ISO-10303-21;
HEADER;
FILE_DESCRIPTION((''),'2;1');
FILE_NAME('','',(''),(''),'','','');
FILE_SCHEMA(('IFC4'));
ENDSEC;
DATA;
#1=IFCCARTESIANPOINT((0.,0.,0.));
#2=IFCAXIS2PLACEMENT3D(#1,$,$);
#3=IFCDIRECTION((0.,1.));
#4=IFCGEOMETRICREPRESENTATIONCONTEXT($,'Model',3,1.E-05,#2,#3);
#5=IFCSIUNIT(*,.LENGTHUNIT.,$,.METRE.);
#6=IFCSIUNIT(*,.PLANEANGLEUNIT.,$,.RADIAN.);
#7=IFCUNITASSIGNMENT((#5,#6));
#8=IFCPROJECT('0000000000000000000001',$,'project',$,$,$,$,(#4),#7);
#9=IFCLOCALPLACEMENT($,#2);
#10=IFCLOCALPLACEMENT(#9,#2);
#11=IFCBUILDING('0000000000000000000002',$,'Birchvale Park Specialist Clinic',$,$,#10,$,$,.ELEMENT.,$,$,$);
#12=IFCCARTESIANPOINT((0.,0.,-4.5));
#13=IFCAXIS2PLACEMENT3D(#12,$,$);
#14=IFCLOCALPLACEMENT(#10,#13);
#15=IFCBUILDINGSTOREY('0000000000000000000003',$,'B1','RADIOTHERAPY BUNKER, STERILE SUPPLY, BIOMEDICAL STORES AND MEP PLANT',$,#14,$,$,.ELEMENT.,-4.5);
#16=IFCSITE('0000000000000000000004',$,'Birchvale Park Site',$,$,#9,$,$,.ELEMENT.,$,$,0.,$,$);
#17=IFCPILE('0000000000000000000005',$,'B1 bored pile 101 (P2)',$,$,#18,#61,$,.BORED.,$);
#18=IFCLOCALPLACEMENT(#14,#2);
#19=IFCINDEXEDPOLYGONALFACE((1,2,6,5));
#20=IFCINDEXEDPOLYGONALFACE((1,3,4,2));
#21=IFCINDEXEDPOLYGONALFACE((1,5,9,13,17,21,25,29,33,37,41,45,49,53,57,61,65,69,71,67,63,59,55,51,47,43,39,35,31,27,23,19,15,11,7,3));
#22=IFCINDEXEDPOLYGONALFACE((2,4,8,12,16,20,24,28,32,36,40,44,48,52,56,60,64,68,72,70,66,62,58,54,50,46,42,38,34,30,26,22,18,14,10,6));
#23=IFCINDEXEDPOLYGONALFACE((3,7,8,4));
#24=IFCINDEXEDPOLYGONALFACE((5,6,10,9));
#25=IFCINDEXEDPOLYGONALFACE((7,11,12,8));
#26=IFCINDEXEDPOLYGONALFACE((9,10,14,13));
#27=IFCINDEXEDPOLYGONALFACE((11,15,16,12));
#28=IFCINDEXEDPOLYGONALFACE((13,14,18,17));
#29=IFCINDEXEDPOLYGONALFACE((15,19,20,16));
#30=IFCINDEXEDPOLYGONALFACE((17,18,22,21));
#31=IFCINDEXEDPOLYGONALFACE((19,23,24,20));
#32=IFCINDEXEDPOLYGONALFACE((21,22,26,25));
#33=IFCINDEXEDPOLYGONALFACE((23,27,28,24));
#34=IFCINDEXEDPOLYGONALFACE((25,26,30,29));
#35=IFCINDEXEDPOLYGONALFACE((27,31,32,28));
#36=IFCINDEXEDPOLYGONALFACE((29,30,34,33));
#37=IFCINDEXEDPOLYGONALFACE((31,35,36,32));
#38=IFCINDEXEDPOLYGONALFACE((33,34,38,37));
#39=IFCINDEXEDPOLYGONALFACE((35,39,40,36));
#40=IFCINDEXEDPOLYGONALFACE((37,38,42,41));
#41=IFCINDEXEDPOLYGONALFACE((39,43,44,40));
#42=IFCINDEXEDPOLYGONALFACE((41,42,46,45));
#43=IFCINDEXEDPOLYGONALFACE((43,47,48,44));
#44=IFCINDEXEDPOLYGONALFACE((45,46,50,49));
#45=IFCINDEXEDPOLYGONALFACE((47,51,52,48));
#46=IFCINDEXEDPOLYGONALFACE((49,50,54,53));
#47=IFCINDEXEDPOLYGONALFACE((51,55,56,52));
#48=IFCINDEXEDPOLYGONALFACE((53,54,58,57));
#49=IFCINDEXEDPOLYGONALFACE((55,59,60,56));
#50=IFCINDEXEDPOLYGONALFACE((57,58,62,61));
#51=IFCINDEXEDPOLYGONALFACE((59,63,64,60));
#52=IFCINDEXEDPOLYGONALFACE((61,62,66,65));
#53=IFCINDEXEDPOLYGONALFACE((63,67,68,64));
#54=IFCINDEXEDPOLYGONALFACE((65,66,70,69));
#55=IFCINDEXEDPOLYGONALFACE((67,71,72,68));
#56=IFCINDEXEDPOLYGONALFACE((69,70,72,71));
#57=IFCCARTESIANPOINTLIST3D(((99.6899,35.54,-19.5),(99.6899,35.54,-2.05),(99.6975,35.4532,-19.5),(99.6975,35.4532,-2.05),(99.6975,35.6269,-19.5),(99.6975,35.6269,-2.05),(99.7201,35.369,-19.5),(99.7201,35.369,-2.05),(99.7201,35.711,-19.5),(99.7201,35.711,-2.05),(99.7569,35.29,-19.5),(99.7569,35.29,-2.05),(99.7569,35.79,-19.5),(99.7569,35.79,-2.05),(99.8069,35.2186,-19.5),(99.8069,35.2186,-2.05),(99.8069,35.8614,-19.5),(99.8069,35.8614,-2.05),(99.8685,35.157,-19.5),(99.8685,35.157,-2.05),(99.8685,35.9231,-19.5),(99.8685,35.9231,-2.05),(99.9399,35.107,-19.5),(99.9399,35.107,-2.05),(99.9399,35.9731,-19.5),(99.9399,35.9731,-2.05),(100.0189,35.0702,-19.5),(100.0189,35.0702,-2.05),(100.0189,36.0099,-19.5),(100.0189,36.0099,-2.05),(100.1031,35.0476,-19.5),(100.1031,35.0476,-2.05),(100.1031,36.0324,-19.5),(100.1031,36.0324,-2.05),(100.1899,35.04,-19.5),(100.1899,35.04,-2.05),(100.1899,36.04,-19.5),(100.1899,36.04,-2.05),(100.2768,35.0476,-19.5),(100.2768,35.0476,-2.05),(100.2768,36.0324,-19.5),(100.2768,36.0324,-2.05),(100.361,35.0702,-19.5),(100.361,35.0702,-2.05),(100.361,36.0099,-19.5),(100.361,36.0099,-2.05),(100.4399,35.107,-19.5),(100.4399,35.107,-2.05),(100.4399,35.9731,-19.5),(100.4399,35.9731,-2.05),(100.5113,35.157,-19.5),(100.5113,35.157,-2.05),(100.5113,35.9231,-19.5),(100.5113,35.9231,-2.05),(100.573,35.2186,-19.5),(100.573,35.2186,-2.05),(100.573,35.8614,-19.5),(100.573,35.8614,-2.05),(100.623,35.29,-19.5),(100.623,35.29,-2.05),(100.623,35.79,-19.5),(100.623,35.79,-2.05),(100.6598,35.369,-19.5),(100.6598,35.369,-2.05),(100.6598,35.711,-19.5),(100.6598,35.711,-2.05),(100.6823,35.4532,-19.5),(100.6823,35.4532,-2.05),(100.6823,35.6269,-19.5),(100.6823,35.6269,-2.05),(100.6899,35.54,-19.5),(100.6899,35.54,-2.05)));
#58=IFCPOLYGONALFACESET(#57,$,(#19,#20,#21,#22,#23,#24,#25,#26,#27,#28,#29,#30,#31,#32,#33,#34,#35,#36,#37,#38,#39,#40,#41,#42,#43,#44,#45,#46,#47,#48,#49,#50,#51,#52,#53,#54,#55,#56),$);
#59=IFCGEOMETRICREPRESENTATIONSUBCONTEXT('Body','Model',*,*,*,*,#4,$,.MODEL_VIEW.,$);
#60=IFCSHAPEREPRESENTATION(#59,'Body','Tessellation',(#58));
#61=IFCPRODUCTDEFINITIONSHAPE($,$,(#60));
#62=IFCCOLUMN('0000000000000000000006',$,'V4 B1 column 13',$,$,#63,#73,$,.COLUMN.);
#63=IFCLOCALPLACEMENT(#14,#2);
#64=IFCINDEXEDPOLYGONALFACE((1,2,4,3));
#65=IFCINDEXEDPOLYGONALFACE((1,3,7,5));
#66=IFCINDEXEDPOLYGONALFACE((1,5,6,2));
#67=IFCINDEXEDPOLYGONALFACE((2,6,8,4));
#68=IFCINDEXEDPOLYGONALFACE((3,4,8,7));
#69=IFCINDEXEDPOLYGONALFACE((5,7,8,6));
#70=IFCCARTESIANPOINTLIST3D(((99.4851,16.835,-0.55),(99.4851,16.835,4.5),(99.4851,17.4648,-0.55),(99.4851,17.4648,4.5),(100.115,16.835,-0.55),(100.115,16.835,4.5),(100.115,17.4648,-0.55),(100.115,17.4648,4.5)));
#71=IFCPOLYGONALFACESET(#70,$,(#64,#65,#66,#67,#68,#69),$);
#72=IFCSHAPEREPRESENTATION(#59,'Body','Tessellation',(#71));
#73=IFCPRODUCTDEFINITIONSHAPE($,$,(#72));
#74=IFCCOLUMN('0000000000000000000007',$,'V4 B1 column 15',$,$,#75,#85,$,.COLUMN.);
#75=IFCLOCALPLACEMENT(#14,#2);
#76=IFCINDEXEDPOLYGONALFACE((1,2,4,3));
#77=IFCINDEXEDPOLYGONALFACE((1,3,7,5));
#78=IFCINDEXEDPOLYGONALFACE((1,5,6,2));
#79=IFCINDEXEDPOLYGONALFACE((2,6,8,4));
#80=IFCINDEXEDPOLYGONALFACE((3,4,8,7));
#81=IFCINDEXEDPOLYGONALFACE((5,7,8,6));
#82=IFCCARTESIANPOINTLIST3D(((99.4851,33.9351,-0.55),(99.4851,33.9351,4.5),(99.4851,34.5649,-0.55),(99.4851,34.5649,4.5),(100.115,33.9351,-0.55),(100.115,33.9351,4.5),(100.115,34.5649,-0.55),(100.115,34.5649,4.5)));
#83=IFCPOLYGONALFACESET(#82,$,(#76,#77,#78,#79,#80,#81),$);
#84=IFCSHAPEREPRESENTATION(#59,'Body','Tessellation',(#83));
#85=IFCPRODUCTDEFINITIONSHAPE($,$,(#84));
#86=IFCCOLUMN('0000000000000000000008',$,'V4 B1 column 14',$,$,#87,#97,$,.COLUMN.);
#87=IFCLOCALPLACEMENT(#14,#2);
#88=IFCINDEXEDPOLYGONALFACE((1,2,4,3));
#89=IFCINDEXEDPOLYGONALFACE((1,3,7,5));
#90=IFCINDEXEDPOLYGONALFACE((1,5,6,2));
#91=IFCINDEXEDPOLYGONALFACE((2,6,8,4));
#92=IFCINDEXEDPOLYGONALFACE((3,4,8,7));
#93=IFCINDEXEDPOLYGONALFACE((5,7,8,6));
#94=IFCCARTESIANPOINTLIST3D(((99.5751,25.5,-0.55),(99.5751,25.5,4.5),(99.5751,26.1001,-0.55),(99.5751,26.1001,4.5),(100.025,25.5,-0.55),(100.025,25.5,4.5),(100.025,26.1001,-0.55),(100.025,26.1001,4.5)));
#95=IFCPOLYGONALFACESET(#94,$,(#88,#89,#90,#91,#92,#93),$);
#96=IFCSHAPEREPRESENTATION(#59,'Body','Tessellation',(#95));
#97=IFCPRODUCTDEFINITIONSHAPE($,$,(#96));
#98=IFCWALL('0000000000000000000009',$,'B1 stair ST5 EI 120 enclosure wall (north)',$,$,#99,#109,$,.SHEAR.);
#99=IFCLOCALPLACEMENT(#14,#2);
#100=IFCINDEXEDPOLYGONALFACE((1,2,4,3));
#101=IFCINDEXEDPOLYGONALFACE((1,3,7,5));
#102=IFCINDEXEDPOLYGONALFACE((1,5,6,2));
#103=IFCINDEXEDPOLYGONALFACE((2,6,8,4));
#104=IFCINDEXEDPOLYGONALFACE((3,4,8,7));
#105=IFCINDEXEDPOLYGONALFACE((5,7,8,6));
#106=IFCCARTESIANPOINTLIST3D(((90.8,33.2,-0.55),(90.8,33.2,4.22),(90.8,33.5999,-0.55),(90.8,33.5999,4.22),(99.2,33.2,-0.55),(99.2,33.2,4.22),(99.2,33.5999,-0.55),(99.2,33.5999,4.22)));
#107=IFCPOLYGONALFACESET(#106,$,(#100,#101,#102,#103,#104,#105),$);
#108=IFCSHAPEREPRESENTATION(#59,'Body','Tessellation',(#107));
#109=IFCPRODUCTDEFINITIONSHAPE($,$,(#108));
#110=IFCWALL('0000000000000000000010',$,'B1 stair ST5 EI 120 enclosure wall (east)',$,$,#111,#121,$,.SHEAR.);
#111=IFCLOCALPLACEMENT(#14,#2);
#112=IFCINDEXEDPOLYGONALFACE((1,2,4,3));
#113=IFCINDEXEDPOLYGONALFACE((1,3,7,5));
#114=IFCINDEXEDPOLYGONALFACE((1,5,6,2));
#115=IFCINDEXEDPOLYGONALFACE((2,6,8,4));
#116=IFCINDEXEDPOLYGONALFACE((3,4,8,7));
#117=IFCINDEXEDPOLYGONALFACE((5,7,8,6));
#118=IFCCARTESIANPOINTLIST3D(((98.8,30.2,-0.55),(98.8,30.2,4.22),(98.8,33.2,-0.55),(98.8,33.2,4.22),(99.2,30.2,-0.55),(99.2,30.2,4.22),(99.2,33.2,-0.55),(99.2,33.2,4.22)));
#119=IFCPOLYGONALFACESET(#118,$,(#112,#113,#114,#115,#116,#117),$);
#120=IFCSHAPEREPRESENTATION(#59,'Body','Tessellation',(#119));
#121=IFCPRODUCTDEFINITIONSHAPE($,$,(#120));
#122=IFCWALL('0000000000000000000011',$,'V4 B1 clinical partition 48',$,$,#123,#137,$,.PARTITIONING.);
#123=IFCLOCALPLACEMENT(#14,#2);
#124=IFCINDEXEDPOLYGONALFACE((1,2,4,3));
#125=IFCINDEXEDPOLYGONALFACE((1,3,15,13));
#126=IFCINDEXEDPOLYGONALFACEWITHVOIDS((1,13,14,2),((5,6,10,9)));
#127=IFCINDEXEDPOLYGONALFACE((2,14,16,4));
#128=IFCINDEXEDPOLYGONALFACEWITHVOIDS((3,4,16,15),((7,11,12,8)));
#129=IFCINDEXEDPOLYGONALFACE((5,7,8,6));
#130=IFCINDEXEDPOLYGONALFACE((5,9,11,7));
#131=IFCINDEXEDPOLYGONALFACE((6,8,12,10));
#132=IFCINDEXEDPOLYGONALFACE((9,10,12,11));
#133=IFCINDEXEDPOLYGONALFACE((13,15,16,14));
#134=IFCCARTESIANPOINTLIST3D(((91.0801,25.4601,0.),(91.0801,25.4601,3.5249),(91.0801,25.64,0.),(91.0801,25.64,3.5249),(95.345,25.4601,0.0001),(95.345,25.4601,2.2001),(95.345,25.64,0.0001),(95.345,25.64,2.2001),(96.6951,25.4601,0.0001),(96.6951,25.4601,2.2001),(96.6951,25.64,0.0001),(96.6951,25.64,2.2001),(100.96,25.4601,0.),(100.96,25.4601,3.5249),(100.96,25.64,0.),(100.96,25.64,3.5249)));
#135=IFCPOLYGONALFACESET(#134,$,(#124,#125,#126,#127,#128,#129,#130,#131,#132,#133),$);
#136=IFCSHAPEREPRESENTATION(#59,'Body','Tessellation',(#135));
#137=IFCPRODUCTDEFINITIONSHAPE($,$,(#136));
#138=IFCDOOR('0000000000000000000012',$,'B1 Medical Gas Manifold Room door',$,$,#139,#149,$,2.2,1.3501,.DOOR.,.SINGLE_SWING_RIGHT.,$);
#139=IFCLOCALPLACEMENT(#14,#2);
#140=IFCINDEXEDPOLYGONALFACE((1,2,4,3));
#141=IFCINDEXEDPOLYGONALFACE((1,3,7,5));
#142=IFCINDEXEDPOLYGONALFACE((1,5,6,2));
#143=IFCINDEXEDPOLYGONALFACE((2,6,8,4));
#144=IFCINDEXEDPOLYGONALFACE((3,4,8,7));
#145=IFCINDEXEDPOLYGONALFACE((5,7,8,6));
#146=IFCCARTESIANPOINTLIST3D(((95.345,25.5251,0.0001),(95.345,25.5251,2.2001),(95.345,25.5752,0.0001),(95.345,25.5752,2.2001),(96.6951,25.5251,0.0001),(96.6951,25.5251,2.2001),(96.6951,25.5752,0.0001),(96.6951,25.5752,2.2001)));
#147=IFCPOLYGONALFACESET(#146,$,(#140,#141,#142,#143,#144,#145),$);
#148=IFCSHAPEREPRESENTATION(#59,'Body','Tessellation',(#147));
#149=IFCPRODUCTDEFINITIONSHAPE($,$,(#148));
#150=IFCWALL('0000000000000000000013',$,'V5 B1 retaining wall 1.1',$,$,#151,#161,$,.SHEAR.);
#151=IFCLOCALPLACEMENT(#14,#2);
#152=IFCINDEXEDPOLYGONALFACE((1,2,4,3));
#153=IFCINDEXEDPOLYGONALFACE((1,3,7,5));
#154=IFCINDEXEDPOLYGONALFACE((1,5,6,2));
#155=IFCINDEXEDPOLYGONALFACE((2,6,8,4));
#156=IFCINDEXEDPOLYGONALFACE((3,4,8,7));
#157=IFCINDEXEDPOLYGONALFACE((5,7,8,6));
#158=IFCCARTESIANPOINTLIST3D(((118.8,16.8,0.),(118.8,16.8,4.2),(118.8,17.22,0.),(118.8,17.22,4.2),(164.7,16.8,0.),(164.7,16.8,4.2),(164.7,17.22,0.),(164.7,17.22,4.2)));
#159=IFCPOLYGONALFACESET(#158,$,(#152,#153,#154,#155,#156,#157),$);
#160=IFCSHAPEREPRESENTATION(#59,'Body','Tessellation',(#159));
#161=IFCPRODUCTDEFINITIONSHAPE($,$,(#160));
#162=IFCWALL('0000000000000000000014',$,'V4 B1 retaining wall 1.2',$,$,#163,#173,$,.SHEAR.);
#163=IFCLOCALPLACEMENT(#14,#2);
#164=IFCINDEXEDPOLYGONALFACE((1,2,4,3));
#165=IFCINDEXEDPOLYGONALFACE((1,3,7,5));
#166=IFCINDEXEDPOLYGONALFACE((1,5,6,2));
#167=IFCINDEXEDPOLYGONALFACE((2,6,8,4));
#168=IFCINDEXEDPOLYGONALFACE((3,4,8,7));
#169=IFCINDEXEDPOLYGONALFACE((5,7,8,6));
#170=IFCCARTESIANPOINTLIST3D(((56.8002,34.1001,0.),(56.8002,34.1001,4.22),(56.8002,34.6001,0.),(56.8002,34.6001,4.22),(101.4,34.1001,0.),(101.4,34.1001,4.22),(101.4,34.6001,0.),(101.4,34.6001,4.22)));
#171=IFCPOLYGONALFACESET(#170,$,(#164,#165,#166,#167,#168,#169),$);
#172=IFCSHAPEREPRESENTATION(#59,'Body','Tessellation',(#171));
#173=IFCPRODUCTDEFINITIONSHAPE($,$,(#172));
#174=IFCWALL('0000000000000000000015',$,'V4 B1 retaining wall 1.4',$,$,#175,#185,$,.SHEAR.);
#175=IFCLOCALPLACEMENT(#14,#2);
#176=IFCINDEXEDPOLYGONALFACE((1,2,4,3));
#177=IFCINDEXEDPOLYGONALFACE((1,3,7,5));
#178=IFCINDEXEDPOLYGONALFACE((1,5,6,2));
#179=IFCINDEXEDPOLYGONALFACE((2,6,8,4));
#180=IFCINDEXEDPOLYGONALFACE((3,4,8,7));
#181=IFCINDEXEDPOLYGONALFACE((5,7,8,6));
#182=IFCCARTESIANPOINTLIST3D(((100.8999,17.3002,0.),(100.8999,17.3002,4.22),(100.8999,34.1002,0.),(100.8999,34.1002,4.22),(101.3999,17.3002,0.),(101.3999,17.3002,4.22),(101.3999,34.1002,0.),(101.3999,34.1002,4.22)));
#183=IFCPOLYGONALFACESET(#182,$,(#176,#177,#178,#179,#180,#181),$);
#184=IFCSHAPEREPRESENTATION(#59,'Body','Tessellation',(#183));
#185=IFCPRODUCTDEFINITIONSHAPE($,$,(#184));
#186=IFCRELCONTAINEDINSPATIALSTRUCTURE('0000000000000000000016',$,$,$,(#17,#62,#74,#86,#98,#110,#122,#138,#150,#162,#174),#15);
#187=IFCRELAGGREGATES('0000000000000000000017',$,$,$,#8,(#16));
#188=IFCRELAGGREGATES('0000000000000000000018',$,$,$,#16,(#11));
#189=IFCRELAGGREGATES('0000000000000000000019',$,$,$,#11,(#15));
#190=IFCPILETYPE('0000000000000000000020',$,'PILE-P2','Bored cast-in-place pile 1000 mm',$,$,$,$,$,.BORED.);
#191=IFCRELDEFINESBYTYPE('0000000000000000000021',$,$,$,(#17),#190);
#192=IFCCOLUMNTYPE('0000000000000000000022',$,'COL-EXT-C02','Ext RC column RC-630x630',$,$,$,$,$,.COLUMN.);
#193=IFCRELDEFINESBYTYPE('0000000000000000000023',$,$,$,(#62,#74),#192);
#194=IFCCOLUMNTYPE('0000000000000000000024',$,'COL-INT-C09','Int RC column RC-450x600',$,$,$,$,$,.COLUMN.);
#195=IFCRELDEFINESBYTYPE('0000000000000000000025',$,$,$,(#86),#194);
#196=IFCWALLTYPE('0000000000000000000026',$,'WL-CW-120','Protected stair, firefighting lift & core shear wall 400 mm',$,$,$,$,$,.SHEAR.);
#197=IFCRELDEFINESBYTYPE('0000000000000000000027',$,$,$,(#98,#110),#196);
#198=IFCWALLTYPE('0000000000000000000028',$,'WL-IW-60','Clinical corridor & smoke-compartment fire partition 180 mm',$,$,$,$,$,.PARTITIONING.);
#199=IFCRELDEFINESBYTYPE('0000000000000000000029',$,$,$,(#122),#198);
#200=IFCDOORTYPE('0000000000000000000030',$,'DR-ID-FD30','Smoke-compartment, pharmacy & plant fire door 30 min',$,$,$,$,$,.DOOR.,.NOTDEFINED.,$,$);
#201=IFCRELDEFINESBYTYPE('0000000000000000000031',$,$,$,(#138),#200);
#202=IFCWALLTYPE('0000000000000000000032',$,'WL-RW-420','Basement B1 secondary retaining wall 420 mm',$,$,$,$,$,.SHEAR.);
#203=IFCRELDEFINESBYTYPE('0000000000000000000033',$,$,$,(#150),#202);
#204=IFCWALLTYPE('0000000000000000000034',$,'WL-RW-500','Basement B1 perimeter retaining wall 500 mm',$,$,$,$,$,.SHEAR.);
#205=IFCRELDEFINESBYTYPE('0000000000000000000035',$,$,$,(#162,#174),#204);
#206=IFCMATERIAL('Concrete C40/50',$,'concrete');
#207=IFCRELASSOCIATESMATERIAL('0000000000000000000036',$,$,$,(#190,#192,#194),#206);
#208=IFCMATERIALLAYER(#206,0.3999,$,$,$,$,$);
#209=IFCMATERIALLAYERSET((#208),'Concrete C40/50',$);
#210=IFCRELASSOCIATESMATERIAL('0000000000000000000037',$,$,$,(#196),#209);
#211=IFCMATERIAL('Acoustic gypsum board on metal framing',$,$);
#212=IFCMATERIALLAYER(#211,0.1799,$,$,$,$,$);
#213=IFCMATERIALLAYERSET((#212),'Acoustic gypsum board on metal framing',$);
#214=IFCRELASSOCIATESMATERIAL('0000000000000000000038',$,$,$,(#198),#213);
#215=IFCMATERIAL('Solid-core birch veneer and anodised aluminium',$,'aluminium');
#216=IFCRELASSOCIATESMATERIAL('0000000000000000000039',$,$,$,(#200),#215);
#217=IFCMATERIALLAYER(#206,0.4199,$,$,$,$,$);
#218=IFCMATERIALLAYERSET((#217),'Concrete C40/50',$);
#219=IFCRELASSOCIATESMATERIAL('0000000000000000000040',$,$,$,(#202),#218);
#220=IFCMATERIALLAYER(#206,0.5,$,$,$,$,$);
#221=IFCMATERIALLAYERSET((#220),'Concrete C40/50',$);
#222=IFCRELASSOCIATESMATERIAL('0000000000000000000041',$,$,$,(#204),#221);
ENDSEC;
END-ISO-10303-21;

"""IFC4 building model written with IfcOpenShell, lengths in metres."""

from ifc_helpers import new_model, si_unit, direction, frame, frame_2d, origin, origin_2d, place, context, subcontext, project, spatial, rectangle, circle, extrude, material, layer, layer_set, material_profile, profile_set, type_object, element, fill, save


model = new_model("IFC4")

# Units and contexts
model_context = context("Model", 3, precision=1e-05, world=origin(), true_north=direction((0.0, 1.0)))
body_context = subcontext(model_context, "Body", "Model", "MODEL_VIEW")
ifc_project = project(units=[si_unit("LENGTHUNIT", "METRE"), si_unit("PLANEANGLEUNIT", "RADIAN")], contexts=[model_context])

# Site, building, storey
site_placement = place(None, origin())
site = spatial("IfcSite", under=ifc_project, at=site_placement, Name="Birchvale Park Site", CompositionType="ELEMENT", RefElevation=0.0)
building_placement = place(site_placement, origin())
building = spatial("IfcBuilding", under=site, at=building_placement, Name="Birchvale Park Specialist Clinic", CompositionType="ELEMENT")
storey_placement = place(building_placement, frame((0.0, 0.0, -4.5)))
storey = spatial("IfcBuildingStorey", under=building, at=storey_placement, Name="B1", Description="RADIOTHERAPY BUNKER, STERILE SUPPLY, BIOMEDICAL STORES AND MEP PLANT", CompositionType="ELEMENT", Elevation=-4.5)

# Shared definitions
ifc_material_1 = material(Name="Concrete C40/50", Category="concrete")

# Pile
ifc_material_profile_1 = material_profile(ifc_material_1, circle(Radius=0.5, at=origin_2d()), Name="PILE-1000")
ifc_profile_set_1 = profile_set([ifc_material_profile_1], Name="Concrete C40/50")
pile_type_1 = type_object("IfcPileType", Name="PILE-P2", Description="Bored cast-in-place pile 1000 mm", PredefinedType="BORED", material=ifc_profile_set_1)
for number, where, z_axis, x_axis, name in (
    (1, (100.1899, 35.54, -2.05), (0.0, 0.0, -1.0), (1.0, 0.0, 0.0), "B1 bored pile 101 (P2)"),
):
    element("IfcPile", number, at=place(storey_placement, frame(where, z_axis=z_axis, x_axis=x_axis)), inside=storey, type_object=pile_type_1, Name=name, PredefinedType="BORED", context=body_context, shape_type="SweptSolid", body=[
        extrude(circle(Radius=0.5, at=origin_2d()), origin(), (0.0, 0.0, 1.0), 17.45),
    ])

# Columns
ifc_material_profile_2 = material_profile(ifc_material_1, rectangle(XDim=0.6299, YDim=0.6299, at=origin_2d()), Name="RC-630x630")
ifc_profile_set_2 = profile_set([ifc_material_profile_2], Name="Concrete C40/50")
column_type_1 = type_object("IfcColumnType", Name="COL-EXT-C02", Description="Ext RC column RC-630x630", PredefinedType="COLUMN", material=ifc_profile_set_2)
for number, where, z_axis, x_axis, name in (
    (2, (99.8, 17.1499, -0.55), (0.0, 0.0, 1.0), (1.0, 0.0, 0.0), "V4 B1 column 13"),
    (3, (99.8, 34.25, -0.55), (0.0, 0.0, 1.0), (1.0, 0.0, 0.0), "V4 B1 column 15"),
):
    element("IfcColumn", number, at=place(storey_placement, frame(where, z_axis=z_axis, x_axis=x_axis)), inside=storey, type_object=column_type_1, Name=name, PredefinedType="COLUMN", context=body_context, shape_type="SweptSolid", body=[
        extrude(rectangle(XDim=0.6299, YDim=0.6299, at=origin_2d()), origin(), (0.0, 0.0, 1.0), 5.05),
    ])
ifc_material_profile_3 = material_profile(ifc_material_1, rectangle(XDim=0.45, YDim=0.6001, at=origin_2d()), Name="RC-450x600")
ifc_profile_set_3 = profile_set([ifc_material_profile_3], Name="Concrete C40/50")
column_type_2 = type_object("IfcColumnType", Name="COL-INT-C09", Description="Int RC column RC-450x600", PredefinedType="COLUMN", material=ifc_profile_set_3)
column_placement = place(storey_placement, frame((99.8, 25.8, -0.55), z_axis=(0.0, 0.0, 1.0), x_axis=(1.0, 0.0, 0.0)))
element("IfcColumn", 4, at=column_placement, inside=storey, type_object=column_type_2, Name="V4 B1 column 14", PredefinedType="COLUMN", context=body_context, shape_type="SweptSolid", body=[
    extrude(rectangle(XDim=0.45, YDim=0.6001, at=origin_2d()), origin(), (0.0, 0.0, 1.0), 5.05),
])

# Walls
ifc_layer_1 = layer(ifc_material_1, 0.3999)
ifc_layer_set_1 = layer_set([ifc_layer_1], Name="Concrete C40/50")
wall_type_1 = type_object("IfcWallType", Name="WL-CW-120", Description="Protected stair, firefighting lift & core shear wall 400 mm", PredefinedType="SHEAR", material=ifc_layer_set_1)
wall_1_placement = place(storey_placement, frame((99.2, 33.3999, -0.55), z_axis=(0.0, 0.0, 1.0), x_axis=(-1.0, 0.0, 0.0)))
element("IfcWall", 5, at=wall_1_placement, inside=storey, type_object=wall_type_1, Name="B1 stair ST5 EI 120 enclosure wall (north)", PredefinedType="SHEAR", context=body_context, shape_type="SweptSolid", body=[
    extrude(rectangle(XDim=8.3999, YDim=0.3999, at=frame_2d((4.2, 0.0))), origin(), (0.0, 0.0, 1.0), 4.77),
])
wall_2_placement = place(storey_placement, frame((99.0, 33.2, -0.55), z_axis=(0.0, 0.0, 1.0), x_axis=(0.0, -1.0, 0.0)))
element("IfcWall", 6, at=wall_2_placement, inside=storey, type_object=wall_type_1, Name="B1 stair ST5 EI 120 enclosure wall (east)", PredefinedType="SHEAR", context=body_context, shape_type="SweptSolid", body=[
    extrude(rectangle(XDim=3.0, YDim=0.3999, at=frame_2d((1.5, 0.0))), origin(), (0.0, 0.0, 1.0), 4.77),
])

# Wall, opening, door
ifc_material_2 = material(Name="Acoustic gypsum board on metal framing")
ifc_layer_2 = layer(ifc_material_2, 0.1799)
ifc_layer_set_2 = layer_set([ifc_layer_2], Name="Acoustic gypsum board on metal framing")
wall_type_2 = type_object("IfcWallType", Name="WL-IW-60", Description="Clinical corridor & smoke-compartment fire partition 180 mm", PredefinedType="PARTITIONING", material=ifc_layer_set_2)
wall_3_placement = place(storey_placement, frame((100.96, 25.55, 0.0), z_axis=(0.0, 0.0, 1.0), x_axis=(-1.0, 0.0, 0.0)))
wall_3 = element("IfcWall", 7, at=wall_3_placement, inside=storey, type_object=wall_type_2, Name="V4 B1 clinical partition 48", PredefinedType="PARTITIONING", context=body_context, shape_type="SweptSolid", body=[
    extrude(rectangle(XDim=9.8799, YDim=0.1799, at=frame_2d((4.9399, 0.0))), origin(), (0.0, 0.0, 1.0), 3.5249),
])
opening_placement = place(wall_3_placement, frame((4.2649, 0.0, 0.0)))
opening = element("IfcOpeningElement", 8, at=opening_placement, cuts=wall_3, PredefinedType="OPENING", context=body_context, shape_type="SweptSolid", body=[
    extrude(rectangle(XDim=1.3501, YDim=2.2, at=frame_2d((0.675, 1.1001))), frame((0.0, 0.1001, 0.0), z_axis=(0.0, -1.0, 0.0), x_axis=(1.0, 0.0, 0.0)), (0.0, 0.0, 1.0), 0.2),
])
ifc_material_3 = material(Name="Solid-core birch veneer and anodised aluminium", Category="aluminium")
door_type = type_object("IfcDoorType", Name="DR-ID-FD30", Description="Smoke-compartment, pharmacy & plant fire door 30 min", OperationType="NOTDEFINED", PredefinedType="DOOR", material=ifc_material_3)
door_placement = place(opening_placement, origin())
door = element("IfcDoor", 9, at=door_placement, inside=storey, type_object=door_type, Name="B1 Medical Gas Manifold Room door", OperationType="SINGLE_SWING_RIGHT", OverallHeight=2.2, OverallWidth=1.3501, PredefinedType="DOOR", context=body_context, shape_type="SweptSolid", body=[
    extrude(rectangle(XDim=1.3501, YDim=2.2, at=frame_2d((0.675, 1.1001))), frame((0.0, 0.0249, 0.0), z_axis=(0.0, -1.0, 0.0), x_axis=(1.0, 0.0, 0.0)), (0.0, 0.0, 1.0), 0.05),
])
fill(opening, door)

# Walls
ifc_layer_3 = layer(ifc_material_1, 0.4199)
ifc_layer_set_3 = layer_set([ifc_layer_3], Name="Concrete C40/50")
wall_type_3 = type_object("IfcWallType", Name="WL-RW-420", Description="Basement B1 secondary retaining wall 420 mm", PredefinedType="SHEAR", material=ifc_layer_set_3)
wall_4_placement = place(storey_placement, frame((118.8, 17.01, 0.0), z_axis=(0.0, 0.0, 1.0), x_axis=(1.0, 0.0, 0.0)))
element("IfcWall", 10, at=wall_4_placement, inside=storey, type_object=wall_type_3, Name="V5 B1 retaining wall 1.1", PredefinedType="SHEAR", context=body_context, shape_type="SweptSolid", body=[
    extrude(rectangle(XDim=45.8999, YDim=0.4199, at=frame_2d((22.95, 0.0))), origin(), (0.0, 0.0, 1.0), 4.2),
])
ifc_layer_4 = layer(ifc_material_1, 0.5)
ifc_layer_set_4 = layer_set([ifc_layer_4], Name="Concrete C40/50")
wall_type_4 = type_object("IfcWallType", Name="WL-RW-500", Description="Basement B1 perimeter retaining wall 500 mm", PredefinedType="SHEAR", material=ifc_layer_set_4)
wall_5_placement = place(storey_placement, frame((101.3999, 34.3501, 0.0), z_axis=(0.0, 0.0, 1.0), x_axis=(-1.0, 0.0, 0.0)))
element("IfcWall", 11, at=wall_5_placement, inside=storey, type_object=wall_type_4, Name="V4 B1 retaining wall 1.2", PredefinedType="SHEAR", context=body_context, shape_type="SweptSolid", body=[
    extrude(rectangle(XDim=44.5999, YDim=0.5, at=frame_2d((22.2998, 0.0))), origin(), (0.0, 0.0, 1.0), 4.22),
])
wall_6_placement = place(storey_placement, frame((101.1499, 34.1001, 0.0), z_axis=(0.0, 0.0, 1.0), x_axis=(0.0, -1.0, 0.0)))
element("IfcWall", 12, at=wall_6_placement, inside=storey, type_object=wall_type_4, Name="V4 B1 retaining wall 1.4", PredefinedType="SHEAR", context=body_context, shape_type="SweptSolid", body=[
    extrude(rectangle(XDim=16.8, YDim=0.5, at=frame_2d((8.3999, 0.0))), origin(), (0.0, 0.0, 1.0), 4.22),
])

save(model, "model.ifc")
